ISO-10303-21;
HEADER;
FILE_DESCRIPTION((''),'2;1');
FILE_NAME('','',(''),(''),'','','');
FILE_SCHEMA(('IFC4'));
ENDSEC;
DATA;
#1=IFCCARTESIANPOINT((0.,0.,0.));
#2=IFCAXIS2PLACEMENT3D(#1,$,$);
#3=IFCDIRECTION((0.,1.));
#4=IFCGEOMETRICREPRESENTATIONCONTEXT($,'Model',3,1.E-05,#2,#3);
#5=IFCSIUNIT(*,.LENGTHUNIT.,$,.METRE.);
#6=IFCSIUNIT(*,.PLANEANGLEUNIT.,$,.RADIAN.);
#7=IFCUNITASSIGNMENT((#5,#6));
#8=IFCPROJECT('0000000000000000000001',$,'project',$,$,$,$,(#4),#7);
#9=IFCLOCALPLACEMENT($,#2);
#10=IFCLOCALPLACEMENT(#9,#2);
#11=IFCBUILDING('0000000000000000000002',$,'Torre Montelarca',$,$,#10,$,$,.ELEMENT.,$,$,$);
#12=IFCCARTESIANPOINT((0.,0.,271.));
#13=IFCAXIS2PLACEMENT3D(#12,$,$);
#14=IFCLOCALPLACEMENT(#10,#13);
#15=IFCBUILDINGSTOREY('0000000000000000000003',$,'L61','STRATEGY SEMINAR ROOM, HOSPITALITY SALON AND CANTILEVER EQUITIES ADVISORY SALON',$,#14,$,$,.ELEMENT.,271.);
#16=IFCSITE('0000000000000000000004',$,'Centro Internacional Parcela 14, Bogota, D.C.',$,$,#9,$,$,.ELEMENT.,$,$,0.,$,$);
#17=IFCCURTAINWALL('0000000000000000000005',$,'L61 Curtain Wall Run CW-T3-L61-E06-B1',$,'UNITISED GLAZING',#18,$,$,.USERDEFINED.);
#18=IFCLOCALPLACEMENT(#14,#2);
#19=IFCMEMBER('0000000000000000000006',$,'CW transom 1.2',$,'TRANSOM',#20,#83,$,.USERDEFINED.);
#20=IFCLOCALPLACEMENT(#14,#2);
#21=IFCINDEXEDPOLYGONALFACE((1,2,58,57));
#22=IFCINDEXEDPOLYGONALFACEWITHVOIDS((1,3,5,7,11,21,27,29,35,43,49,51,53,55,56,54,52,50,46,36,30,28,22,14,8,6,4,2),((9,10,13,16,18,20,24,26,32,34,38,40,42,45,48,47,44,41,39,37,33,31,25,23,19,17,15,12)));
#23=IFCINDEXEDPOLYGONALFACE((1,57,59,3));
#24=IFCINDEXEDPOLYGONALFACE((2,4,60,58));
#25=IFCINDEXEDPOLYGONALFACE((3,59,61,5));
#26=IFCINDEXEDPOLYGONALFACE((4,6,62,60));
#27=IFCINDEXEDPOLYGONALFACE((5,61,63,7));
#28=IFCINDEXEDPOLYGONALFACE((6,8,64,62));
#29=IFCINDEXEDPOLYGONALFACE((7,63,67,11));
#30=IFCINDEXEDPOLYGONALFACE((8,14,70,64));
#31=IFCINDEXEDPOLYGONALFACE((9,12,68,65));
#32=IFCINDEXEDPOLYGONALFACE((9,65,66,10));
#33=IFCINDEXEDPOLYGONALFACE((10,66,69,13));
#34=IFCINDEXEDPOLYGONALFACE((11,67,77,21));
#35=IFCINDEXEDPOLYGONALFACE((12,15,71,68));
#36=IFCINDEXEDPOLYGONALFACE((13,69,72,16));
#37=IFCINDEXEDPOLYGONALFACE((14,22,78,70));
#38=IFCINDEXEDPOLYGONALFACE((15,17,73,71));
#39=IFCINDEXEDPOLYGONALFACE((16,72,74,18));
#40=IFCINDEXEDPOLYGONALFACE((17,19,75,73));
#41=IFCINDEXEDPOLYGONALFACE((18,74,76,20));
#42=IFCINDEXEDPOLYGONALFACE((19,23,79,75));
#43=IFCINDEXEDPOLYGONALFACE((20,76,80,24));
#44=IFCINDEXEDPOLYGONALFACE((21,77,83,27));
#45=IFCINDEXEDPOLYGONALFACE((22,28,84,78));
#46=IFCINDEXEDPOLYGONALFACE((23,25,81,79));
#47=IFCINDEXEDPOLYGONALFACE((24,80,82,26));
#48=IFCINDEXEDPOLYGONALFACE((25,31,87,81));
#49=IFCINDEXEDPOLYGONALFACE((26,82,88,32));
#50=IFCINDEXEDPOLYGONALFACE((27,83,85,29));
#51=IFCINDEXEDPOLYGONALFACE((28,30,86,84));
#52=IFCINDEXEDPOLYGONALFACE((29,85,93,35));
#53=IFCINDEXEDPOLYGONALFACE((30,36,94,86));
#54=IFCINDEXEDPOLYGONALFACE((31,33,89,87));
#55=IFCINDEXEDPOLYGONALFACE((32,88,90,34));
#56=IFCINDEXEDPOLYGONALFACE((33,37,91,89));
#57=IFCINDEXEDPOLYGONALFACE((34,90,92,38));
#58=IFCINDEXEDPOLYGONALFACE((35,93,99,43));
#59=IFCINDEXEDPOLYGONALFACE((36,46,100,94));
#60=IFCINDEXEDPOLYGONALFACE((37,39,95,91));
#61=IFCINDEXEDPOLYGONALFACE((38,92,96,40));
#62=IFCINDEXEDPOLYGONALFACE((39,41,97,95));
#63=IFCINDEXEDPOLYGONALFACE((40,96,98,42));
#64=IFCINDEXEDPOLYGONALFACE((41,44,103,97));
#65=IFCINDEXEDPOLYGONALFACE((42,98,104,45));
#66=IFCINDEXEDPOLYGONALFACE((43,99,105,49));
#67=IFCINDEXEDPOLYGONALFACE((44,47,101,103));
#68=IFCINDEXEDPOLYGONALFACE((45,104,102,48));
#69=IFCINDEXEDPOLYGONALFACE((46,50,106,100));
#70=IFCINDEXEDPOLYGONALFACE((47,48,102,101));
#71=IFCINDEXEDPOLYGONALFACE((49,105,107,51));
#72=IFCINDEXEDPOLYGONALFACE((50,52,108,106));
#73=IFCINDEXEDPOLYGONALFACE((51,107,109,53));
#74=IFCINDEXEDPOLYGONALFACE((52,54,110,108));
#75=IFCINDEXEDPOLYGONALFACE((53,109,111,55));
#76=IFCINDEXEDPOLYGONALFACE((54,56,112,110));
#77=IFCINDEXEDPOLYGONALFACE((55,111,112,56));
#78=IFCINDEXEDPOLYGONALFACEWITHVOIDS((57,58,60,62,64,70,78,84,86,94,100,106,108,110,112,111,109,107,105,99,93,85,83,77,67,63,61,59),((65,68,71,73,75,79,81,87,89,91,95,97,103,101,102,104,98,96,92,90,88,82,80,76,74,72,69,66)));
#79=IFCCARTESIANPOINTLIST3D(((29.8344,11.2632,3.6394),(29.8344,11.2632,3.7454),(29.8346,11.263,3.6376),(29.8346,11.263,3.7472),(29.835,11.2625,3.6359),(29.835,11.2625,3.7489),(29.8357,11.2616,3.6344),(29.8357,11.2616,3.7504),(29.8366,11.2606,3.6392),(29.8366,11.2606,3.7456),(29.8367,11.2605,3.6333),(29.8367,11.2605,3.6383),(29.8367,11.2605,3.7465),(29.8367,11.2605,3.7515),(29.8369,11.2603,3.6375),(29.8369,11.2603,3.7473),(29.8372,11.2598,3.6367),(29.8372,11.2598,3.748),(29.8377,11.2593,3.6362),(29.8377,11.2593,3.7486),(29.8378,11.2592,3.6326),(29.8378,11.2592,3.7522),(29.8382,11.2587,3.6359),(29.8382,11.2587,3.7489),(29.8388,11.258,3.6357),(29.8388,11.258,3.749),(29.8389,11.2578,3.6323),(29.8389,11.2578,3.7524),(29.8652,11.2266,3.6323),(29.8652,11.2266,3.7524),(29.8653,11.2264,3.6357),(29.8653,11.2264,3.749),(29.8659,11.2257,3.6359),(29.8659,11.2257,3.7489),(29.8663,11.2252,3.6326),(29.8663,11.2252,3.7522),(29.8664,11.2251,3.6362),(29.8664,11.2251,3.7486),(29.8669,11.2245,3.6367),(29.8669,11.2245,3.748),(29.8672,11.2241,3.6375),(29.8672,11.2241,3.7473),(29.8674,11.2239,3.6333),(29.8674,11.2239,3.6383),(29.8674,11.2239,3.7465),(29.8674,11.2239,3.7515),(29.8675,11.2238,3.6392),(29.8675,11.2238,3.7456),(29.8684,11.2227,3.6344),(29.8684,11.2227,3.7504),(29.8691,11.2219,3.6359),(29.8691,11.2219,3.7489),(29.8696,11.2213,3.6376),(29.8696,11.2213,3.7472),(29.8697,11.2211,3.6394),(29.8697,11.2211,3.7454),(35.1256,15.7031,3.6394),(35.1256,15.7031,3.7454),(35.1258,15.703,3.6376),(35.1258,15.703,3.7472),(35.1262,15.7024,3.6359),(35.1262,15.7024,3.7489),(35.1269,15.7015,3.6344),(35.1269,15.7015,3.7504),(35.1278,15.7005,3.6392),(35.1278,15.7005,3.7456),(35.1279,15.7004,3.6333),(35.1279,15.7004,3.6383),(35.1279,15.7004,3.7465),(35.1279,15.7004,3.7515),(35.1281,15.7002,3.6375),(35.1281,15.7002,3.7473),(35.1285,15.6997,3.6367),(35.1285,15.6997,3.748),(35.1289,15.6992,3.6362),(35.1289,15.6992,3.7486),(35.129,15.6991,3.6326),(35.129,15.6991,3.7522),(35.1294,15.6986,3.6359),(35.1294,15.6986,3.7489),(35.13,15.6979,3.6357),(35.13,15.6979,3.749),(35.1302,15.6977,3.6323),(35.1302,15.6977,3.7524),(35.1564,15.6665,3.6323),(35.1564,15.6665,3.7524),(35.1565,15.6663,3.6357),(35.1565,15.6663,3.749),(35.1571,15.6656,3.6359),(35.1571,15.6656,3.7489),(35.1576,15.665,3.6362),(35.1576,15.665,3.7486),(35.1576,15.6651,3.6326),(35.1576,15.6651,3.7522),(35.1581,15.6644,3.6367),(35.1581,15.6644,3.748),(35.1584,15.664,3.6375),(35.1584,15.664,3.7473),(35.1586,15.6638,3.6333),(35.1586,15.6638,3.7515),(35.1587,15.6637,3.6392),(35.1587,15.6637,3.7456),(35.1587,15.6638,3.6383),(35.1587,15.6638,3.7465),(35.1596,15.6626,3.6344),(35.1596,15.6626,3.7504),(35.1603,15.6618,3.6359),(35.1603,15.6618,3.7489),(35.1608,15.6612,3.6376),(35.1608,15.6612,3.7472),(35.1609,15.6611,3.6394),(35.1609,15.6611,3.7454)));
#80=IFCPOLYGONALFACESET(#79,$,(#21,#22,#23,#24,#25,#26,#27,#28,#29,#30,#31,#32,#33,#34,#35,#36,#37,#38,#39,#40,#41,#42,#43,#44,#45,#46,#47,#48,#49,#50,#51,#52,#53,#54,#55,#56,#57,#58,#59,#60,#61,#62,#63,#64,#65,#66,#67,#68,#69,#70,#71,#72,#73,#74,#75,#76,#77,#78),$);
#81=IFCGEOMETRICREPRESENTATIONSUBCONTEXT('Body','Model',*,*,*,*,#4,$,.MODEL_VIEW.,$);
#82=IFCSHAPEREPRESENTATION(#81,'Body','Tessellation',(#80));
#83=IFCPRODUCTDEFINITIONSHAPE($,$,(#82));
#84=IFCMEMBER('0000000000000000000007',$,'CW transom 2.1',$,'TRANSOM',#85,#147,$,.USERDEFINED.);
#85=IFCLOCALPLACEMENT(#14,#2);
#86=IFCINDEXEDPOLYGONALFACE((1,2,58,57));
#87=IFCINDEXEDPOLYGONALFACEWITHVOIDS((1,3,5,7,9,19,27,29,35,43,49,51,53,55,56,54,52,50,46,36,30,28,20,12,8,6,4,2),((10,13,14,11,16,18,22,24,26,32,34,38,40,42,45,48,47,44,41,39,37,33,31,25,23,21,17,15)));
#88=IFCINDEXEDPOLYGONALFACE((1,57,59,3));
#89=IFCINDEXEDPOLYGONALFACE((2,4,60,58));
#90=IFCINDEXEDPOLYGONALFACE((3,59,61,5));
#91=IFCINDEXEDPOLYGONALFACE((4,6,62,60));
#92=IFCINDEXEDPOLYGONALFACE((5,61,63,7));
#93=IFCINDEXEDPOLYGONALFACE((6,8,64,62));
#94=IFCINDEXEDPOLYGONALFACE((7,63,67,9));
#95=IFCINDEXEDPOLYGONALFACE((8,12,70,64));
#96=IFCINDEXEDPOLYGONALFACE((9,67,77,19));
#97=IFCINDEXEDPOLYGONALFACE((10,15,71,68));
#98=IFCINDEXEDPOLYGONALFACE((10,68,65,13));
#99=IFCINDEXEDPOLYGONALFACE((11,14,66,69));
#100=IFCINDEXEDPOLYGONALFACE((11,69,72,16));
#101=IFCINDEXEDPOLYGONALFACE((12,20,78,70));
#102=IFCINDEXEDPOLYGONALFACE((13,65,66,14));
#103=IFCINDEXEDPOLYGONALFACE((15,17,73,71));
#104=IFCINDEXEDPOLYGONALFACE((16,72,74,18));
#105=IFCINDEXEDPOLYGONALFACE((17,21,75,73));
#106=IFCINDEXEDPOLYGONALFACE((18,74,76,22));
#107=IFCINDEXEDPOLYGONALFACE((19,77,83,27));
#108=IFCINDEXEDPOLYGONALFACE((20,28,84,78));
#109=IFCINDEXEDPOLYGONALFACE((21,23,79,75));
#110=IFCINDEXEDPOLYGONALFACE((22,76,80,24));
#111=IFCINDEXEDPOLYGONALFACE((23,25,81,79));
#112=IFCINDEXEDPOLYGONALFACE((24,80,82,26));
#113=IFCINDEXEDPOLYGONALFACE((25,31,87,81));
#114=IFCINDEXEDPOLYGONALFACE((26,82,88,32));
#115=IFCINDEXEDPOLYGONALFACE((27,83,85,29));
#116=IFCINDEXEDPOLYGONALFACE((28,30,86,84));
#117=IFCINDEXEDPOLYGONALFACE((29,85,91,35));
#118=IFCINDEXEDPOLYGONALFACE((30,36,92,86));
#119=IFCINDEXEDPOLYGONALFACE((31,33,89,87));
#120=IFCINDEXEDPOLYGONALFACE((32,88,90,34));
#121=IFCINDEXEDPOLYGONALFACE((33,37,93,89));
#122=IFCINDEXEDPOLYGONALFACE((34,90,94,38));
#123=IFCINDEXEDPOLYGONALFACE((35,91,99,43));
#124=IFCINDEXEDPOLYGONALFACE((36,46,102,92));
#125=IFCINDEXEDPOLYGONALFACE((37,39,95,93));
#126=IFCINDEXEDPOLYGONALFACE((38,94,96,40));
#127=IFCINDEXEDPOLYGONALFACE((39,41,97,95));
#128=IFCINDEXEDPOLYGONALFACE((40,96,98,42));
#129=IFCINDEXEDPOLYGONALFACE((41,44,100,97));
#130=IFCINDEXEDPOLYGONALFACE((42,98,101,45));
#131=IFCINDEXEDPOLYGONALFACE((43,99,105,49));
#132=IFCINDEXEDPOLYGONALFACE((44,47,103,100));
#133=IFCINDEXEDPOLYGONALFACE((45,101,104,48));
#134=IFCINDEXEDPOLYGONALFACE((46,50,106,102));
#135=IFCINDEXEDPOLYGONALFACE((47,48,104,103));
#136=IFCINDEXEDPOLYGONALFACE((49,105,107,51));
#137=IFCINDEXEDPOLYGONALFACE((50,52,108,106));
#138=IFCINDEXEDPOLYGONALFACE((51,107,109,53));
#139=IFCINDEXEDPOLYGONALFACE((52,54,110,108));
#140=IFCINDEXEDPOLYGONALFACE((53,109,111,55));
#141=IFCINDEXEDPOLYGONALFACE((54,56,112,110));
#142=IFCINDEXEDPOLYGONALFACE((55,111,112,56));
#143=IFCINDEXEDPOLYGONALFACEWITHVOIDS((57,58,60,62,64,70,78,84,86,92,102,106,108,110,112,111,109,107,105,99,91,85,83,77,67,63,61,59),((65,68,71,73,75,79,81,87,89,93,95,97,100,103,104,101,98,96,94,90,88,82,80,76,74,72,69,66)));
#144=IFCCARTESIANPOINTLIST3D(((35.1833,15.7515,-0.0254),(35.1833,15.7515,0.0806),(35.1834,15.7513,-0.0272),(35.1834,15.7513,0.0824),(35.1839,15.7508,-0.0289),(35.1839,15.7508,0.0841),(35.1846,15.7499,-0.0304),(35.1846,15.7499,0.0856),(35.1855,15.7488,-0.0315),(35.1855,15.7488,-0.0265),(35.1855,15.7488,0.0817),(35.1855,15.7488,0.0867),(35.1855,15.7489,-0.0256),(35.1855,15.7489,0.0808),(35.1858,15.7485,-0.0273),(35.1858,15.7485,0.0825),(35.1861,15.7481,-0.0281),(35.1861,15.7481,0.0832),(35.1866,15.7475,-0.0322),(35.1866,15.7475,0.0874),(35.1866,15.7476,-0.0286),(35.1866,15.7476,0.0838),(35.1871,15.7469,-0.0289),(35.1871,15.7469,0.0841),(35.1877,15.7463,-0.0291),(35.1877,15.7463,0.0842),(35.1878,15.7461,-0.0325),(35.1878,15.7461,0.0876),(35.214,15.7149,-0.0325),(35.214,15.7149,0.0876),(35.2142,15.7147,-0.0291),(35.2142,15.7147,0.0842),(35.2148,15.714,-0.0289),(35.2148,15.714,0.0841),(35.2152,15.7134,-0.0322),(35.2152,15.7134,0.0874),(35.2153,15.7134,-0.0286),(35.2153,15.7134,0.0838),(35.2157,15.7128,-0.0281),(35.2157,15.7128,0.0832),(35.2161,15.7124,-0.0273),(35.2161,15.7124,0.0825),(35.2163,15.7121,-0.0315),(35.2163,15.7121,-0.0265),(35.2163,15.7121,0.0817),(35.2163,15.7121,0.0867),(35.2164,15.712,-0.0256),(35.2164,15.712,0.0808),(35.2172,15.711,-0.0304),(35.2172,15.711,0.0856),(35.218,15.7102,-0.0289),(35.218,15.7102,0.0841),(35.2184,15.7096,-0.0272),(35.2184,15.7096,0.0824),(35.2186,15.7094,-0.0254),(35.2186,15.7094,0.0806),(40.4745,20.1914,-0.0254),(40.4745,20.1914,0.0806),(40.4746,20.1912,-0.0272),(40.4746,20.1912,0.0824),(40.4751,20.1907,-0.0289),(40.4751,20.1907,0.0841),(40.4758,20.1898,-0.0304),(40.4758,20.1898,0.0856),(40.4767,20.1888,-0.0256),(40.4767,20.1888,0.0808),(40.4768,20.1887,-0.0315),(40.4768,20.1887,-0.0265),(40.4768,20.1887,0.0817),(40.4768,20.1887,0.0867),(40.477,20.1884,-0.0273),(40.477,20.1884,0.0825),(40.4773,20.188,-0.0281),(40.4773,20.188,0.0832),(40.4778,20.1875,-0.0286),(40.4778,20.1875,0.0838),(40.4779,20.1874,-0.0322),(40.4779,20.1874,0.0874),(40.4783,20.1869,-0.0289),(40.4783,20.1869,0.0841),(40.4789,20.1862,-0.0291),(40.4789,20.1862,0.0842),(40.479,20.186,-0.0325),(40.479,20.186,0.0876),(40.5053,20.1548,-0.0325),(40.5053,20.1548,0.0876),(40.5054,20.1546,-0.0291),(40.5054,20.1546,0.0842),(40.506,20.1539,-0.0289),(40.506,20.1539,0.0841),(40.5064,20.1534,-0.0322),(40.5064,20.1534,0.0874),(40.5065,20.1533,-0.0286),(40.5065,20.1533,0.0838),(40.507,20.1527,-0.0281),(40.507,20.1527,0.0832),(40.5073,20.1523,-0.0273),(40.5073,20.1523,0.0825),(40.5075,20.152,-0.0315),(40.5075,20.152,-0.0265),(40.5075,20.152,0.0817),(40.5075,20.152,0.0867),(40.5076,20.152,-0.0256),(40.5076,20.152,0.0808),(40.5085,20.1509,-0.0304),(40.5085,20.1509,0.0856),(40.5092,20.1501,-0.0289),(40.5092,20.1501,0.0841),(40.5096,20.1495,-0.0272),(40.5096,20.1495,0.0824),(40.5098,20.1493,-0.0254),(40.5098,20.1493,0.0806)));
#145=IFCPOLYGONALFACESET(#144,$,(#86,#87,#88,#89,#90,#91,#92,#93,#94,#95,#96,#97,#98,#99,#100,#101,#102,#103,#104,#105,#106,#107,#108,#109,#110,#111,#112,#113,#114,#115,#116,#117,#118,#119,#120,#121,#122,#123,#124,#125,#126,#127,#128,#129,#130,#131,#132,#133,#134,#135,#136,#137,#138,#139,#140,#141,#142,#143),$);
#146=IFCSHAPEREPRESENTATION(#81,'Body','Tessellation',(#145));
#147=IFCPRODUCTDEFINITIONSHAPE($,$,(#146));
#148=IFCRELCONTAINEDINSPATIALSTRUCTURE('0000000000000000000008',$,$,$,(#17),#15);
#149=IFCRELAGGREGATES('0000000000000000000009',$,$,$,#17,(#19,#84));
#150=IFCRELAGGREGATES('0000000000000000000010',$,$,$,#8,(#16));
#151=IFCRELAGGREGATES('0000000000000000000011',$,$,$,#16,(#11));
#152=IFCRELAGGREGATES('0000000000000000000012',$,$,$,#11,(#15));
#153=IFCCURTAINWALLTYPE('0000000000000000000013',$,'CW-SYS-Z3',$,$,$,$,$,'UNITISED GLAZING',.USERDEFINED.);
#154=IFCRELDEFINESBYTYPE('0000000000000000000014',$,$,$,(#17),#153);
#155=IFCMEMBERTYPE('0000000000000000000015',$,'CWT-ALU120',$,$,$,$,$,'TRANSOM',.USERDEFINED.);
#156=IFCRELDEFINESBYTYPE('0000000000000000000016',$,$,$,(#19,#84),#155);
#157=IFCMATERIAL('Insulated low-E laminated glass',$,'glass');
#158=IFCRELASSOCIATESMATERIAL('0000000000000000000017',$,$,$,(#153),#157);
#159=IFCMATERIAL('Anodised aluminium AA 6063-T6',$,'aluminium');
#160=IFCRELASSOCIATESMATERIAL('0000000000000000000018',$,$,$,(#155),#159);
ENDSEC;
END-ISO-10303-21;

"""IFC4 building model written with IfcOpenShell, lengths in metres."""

from ifc_helpers import new_model, si_unit, direction, frame, origin, origin_2d, place, context, subcontext, project, spatial, hollow_rectangle, extrude, source, transform, mapped, material, material_profile, profile_set, type_object, element, aggregate, save


model = new_model("IFC4")

# Units and contexts
model_context = context("Model", 3, precision=1e-05, world=origin(), true_north=direction((0.0, 1.0)))
body_context = subcontext(model_context, "Body", "Model", "MODEL_VIEW")
ifc_project = project(units=[si_unit("LENGTHUNIT", "METRE"), si_unit("PLANEANGLEUNIT", "RADIAN")], contexts=[model_context])

# Site, building, storey
site_placement = place(None, origin())
site = spatial("IfcSite", under=ifc_project, at=site_placement, Name="Centro Internacional Parcela 14, Bogota, D.C.", CompositionType="ELEMENT", RefElevation=0.0)
building_placement = place(site_placement, origin())
building = spatial("IfcBuilding", under=site, at=building_placement, Name="Torre Montelarca", CompositionType="ELEMENT")
storey_placement = place(building_placement, frame((0.0, 0.0, 271.0)))
storey = spatial("IfcBuildingStorey", under=building, at=storey_placement, Name="L61", Description="STRATEGY SEMINAR ROOM, HOSPITALITY SALON AND CANTILEVER EQUITIES ADVISORY SALON", CompositionType="ELEMENT", Elevation=271.0)

# Curtain wall
ifc_material_1 = material(Name="Insulated low-E laminated glass", Category="glass")
curtain_wall_type = type_object("IfcCurtainWallType", Name="CW-SYS-Z3", ElementType="UNITISED GLAZING", PredefinedType="USERDEFINED", material=ifc_material_1)
ifc_material_2 = material(Name="Anodised aluminium AA 6063-T6", Category="aluminium")
ifc_material_profile_1 = material_profile(ifc_material_2, hollow_rectangle(XDim=0.0549, YDim=0.1201, WallThickness=0.0034, InnerFilletRadius=0.0034, OuterFilletRadius=0.0071, at=origin_2d()), Name="ALU55X120X3.5", Category="aluminium")
ifc_profile_set_1 = profile_set([ifc_material_profile_1], Name="Anodised aluminium AA 6063-T6")
member_type_1 = type_object("IfcMemberType", Name="CWT-ALU120", ElementType="TRANSOM", PredefinedType="USERDEFINED", material=ifc_profile_set_1)
curtain_wall_1_placement = place(storey_placement, origin())
curtain_wall_1 = element("IfcCurtainWall", 1, at=curtain_wall_1_placement, inside=storey, type_object=curtain_wall_type, Name="L61 Curtain Wall Run CW-T3-L61-E06-B1", ObjectType="UNITISED GLAZING", PredefinedType="USERDEFINED")

# Members
shared_shape_1 = source(origin(), body_context, "Body", "SweptSolid", [
    extrude(hollow_rectangle(XDim=0.0549, YDim=0.1201, WallThickness=0.0034, InnerFilletRadius=0.0034, OuterFilletRadius=0.0071, at=origin_2d()), origin(), (0.0, 0.0, 1.0), 6.9072),
])
member_1_placement = place(storey_placement, frame((29.8521, 11.2422, 3.6924), z_axis=(0.766041, 0.642792, 0.0), x_axis=(-0.642792, 0.766041, 0.0)))
member_1 = element("IfcMember", 2, at=member_1_placement, type_object=member_type_1, Name="CW transom 1.2", ObjectType="TRANSOM", PredefinedType="USERDEFINED", context=body_context, shape_type="MappedRepresentation", body=[
    mapped(shared_shape_1, transform((0.0, 0.0, 0.0), scale=1.0)),
])
member_2_placement = place(storey_placement, frame((35.2009, 15.7305, 0.0276), z_axis=(0.766041, 0.642792, 0.0), x_axis=(-0.642792, 0.766041, 0.0)))
member_2 = element("IfcMember", 3, at=member_2_placement, type_object=member_type_1, Name="CW transom 2.1", ObjectType="TRANSOM", PredefinedType="USERDEFINED", context=body_context, shape_type="MappedRepresentation", body=[
    mapped(shared_shape_1, transform((0.0, 0.0, 0.0), scale=1.0)),
])

aggregate(curtain_wall_1, [member_1, member_2])

save(model, "model.ifc")
